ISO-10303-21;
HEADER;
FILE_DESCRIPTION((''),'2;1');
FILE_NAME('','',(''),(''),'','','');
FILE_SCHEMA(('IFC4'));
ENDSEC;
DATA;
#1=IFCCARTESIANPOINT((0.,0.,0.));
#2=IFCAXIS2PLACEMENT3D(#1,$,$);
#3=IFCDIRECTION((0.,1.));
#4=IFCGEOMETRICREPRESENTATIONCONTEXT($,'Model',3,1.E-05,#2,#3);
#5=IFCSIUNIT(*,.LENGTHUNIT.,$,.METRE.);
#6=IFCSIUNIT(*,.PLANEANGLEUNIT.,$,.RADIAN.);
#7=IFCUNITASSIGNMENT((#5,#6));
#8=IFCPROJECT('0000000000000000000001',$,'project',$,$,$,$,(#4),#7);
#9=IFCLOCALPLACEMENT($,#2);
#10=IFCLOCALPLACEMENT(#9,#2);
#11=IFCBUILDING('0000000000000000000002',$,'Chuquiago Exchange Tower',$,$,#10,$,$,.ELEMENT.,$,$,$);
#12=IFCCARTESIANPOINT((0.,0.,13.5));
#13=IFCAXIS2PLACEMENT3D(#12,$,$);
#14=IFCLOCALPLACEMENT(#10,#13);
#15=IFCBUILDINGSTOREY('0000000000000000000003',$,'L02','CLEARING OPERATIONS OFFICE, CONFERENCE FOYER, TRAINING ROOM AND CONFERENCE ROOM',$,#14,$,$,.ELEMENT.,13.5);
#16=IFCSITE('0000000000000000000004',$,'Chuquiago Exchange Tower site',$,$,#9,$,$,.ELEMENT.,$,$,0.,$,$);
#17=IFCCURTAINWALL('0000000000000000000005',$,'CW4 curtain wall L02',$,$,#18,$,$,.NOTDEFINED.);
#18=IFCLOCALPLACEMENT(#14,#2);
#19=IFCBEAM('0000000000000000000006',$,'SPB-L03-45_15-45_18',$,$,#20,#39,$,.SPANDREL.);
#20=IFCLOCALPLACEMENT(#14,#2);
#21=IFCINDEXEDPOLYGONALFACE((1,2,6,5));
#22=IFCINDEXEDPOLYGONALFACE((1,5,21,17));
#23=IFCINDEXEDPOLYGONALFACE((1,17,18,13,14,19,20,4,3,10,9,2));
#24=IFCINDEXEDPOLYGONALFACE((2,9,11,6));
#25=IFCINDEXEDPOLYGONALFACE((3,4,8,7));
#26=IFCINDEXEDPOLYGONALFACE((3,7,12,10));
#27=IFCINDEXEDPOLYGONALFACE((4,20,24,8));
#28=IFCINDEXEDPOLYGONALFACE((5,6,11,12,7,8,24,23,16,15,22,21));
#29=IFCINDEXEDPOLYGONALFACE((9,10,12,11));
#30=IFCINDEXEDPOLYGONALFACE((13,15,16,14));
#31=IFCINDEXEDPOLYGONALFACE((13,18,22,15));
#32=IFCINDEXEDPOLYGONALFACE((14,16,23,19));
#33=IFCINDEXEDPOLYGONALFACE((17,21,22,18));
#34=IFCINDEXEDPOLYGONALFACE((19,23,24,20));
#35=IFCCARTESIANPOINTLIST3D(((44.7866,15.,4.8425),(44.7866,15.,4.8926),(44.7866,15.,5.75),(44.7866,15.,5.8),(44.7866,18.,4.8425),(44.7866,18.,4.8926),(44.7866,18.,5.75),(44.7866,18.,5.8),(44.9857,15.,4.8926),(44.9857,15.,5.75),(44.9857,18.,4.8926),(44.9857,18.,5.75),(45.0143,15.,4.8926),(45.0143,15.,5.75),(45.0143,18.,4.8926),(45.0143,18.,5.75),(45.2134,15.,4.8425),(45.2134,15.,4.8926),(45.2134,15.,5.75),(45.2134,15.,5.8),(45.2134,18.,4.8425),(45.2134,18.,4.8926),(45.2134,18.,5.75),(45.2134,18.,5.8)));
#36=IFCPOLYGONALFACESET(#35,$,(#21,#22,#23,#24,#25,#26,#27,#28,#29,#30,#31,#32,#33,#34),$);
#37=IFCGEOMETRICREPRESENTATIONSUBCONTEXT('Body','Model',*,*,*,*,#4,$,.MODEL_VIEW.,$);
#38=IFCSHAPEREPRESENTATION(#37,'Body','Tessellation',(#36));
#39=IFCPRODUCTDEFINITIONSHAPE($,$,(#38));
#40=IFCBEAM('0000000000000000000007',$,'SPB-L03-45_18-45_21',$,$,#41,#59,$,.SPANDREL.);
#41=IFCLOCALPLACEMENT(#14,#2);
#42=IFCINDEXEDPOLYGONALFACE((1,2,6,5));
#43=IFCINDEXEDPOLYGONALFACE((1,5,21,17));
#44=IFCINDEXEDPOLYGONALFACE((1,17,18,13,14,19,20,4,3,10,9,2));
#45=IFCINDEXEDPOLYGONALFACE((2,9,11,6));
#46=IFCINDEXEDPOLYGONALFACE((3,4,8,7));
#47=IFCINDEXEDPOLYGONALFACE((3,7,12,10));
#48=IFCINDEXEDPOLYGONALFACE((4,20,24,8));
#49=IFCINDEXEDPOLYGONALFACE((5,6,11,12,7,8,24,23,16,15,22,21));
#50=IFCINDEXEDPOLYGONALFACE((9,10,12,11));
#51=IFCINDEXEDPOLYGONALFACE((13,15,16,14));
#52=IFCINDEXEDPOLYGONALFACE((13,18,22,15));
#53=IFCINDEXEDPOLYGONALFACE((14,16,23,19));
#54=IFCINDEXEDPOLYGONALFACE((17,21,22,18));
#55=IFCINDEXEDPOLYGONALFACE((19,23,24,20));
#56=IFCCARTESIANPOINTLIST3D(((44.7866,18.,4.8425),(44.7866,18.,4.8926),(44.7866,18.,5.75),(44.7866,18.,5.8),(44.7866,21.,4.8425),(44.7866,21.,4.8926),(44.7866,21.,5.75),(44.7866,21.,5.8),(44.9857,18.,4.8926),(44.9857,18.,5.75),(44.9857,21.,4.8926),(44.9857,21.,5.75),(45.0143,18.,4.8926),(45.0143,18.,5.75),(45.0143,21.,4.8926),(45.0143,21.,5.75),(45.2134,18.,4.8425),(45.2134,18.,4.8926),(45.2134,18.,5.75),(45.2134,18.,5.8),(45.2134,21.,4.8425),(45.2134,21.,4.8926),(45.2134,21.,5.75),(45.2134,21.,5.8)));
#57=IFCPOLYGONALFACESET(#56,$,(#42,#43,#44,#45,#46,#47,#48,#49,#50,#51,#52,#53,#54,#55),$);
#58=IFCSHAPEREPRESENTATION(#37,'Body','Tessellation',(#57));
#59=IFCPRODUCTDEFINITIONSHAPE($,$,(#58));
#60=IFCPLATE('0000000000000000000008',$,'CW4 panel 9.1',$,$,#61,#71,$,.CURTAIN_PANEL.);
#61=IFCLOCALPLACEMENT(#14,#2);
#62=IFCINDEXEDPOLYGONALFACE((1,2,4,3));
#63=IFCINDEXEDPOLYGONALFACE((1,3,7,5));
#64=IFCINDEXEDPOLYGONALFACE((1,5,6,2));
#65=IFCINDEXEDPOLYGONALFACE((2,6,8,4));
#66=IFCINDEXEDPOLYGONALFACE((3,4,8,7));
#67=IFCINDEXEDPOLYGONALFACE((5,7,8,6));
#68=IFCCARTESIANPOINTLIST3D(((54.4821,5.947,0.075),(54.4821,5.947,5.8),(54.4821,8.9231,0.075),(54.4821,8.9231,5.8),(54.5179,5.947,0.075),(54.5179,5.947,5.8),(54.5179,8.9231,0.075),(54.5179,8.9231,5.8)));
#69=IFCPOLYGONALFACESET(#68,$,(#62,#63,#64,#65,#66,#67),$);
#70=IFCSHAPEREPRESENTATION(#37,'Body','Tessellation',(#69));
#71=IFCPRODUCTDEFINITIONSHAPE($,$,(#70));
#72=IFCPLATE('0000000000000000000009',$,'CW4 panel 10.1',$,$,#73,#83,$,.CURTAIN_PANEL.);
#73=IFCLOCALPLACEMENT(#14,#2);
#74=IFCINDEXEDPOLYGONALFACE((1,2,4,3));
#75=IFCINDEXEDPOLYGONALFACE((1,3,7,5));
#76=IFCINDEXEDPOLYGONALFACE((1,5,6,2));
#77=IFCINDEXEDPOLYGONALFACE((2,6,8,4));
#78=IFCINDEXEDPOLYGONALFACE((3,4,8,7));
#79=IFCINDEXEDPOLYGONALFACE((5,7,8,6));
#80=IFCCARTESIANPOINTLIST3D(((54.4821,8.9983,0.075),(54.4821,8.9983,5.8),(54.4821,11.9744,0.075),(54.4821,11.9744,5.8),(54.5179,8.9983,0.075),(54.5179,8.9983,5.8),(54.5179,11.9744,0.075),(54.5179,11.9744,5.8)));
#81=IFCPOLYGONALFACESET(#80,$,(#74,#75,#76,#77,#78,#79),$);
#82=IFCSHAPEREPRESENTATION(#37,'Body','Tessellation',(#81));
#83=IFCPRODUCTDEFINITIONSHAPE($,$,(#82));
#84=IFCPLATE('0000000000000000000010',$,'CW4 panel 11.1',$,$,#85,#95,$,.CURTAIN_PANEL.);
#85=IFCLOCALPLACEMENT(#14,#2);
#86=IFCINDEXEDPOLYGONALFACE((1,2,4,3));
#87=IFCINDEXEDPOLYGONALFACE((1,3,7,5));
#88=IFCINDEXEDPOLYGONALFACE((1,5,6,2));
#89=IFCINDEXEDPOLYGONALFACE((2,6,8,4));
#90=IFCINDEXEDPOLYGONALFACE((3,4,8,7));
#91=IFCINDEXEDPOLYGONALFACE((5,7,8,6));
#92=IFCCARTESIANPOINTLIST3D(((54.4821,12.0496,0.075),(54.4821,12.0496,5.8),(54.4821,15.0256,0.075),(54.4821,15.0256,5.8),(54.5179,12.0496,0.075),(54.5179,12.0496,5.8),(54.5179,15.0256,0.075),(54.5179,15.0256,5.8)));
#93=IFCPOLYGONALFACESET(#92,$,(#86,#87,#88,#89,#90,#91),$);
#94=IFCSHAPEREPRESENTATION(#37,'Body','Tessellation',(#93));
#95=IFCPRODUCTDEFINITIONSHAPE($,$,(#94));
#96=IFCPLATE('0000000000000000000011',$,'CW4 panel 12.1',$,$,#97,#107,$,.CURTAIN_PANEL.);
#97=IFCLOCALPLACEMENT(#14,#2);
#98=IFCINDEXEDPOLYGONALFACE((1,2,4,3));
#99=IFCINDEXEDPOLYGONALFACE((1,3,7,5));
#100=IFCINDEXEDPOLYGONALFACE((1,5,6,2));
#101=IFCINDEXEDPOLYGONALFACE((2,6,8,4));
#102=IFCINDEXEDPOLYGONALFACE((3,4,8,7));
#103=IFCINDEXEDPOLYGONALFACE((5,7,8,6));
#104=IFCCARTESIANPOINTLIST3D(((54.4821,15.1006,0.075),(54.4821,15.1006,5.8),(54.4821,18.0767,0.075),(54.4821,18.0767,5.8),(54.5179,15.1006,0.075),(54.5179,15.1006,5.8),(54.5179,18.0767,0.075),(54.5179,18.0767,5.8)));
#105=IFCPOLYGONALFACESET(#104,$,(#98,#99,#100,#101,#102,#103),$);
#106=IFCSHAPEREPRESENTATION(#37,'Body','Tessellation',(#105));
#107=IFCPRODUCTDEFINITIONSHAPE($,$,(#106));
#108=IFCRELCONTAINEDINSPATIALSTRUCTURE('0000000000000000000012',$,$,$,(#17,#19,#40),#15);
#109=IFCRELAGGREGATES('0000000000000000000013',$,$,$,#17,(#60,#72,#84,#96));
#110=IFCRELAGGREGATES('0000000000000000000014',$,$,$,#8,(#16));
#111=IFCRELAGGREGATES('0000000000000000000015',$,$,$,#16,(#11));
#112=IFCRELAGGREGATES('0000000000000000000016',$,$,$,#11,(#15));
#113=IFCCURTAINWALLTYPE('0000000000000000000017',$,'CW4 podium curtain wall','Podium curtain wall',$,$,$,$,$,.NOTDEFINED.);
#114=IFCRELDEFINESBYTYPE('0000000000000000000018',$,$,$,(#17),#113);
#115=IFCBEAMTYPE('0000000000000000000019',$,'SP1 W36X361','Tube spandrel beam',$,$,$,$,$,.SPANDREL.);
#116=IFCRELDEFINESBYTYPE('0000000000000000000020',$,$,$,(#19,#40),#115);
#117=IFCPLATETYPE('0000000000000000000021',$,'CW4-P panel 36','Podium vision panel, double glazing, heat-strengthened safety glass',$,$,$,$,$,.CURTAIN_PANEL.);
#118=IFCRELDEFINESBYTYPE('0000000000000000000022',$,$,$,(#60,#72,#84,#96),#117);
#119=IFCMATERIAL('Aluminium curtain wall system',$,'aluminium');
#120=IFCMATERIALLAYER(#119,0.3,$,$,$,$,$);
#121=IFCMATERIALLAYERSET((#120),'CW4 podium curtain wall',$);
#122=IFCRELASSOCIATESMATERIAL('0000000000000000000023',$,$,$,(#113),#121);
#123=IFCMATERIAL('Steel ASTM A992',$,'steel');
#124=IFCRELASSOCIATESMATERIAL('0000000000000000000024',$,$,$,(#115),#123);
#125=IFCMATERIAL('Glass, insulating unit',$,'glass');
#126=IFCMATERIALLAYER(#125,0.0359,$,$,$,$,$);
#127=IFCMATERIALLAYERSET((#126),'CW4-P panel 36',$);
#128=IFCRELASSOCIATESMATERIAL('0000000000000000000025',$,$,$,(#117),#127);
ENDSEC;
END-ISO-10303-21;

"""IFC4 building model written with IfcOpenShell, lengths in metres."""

from ifc_helpers import new_model, si_unit, direction, frame, origin, origin_2d, place, context, subcontext, project, spatial, rectangle, i_section, extrude, material, layer, layer_set, material_profile, profile_set, type_object, element, aggregate, save


model = new_model("IFC4")

# Units and contexts
model_context = context("Model", 3, precision=1e-05, world=origin(), true_north=direction((0.0, 1.0)))
body_context = subcontext(model_context, "Body", "Model", "MODEL_VIEW")
ifc_project = project(units=[si_unit("LENGTHUNIT", "METRE"), si_unit("PLANEANGLEUNIT", "RADIAN")], contexts=[model_context])

# Site, building, storey
site_placement = place(None, origin())
site = spatial("IfcSite", under=ifc_project, at=site_placement, Name="Chuquiago Exchange Tower site", CompositionType="ELEMENT", RefElevation=0.0)
building_placement = place(site_placement, origin())
building = spatial("IfcBuilding", under=site, at=building_placement, Name="Chuquiago Exchange Tower", CompositionType="ELEMENT")
storey_placement = place(building_placement, frame((0.0, 0.0, 13.5)))
storey = spatial("IfcBuildingStorey", under=building, at=storey_placement, Name="L02", Description="CLEARING OPERATIONS OFFICE, CONFERENCE FOYER, TRAINING ROOM AND CONFERENCE ROOM", CompositionType="ELEMENT", Elevation=13.5)

# Curtain wall
ifc_material_1 = material(Name="Aluminium curtain wall system", Category="aluminium")
ifc_layer_1 = layer(ifc_material_1, 0.3)
ifc_layer_set_1 = layer_set([ifc_layer_1], Name="CW4 podium curtain wall")
curtain_wall_type = type_object("IfcCurtainWallType", Name="CW4 podium curtain wall", Description="Podium curtain wall", PredefinedType="NOTDEFINED", material=ifc_layer_set_1)
curtain_wall_placement = place(storey_placement, origin())
curtain_wall = element("IfcCurtainWall", 1, at=curtain_wall_placement, inside=storey, type_object=curtain_wall_type, Name="CW4 curtain wall L02", PredefinedType="NOTDEFINED")

# Beams
ifc_material_2 = material(Name="Steel ASTM A992", Category="steel")
ifc_material_profile_1 = material_profile(ifc_material_2, i_section(OverallWidth=0.4268, OverallDepth=0.9575, WebThickness=0.0286, FlangeThickness=0.05, at=origin_2d()), Name="W36X361")
ifc_profile_set_1 = profile_set([ifc_material_profile_1], Name="Steel ASTM A992")
beam_type_1 = type_object("IfcBeamType", Name="SP1 W36X361", Description="Tube spandrel beam", PredefinedType="SPANDREL", material=ifc_profile_set_1)
for number, where, z_axis, x_axis, name in (
    (2, (45.0, 15.0, 5.3213), (0.0, 1.0, 0.0), (-1.0, 0.0, 0.0), "SPB-L03-45_15-45_18"),
    (3, (45.0, 18.0, 5.3213), (0.0, 1.0, 0.0), (-1.0, 0.0, 0.0), "SPB-L03-45_18-45_21"),
):
    element("IfcBeam", number, at=place(storey_placement, frame(where, z_axis=z_axis, x_axis=x_axis)), inside=storey, type_object=beam_type_1, Name=name, PredefinedType="SPANDREL", context=body_context, shape_type="SweptSolid", body=[
        extrude(i_section(OverallWidth=0.4268, OverallDepth=0.9575, WebThickness=0.0286, FlangeThickness=0.05, at=origin_2d()), origin(), (0.0, 0.0, 1.0), 3.0),
    ])

# Plates
ifc_material_3 = material(Name="Glass, insulating unit", Category="glass")
ifc_layer_2 = layer(ifc_material_3, 0.0359)
ifc_layer_set_2 = layer_set([ifc_layer_2], Name="CW4-P panel 36")
plate_type = type_object("IfcPlateType", Name="CW4-P panel 36", Description="Podium vision panel, double glazing, heat-strengthened safety glass", PredefinedType="CURTAIN_PANEL", material=ifc_layer_set_2)
plate_1_placement = place(storey_placement, frame((54.5, 7.4351, 0.075), z_axis=(0.0, 0.0, 1.0), x_axis=(0.0, 1.0, 0.0)))
plate_1 = element("IfcPlate", 4, at=plate_1_placement, type_object=plate_type, Name="CW4 panel 9.1", PredefinedType="CURTAIN_PANEL", context=body_context, shape_type="SweptSolid", body=[
    extrude(rectangle(XDim=2.9761, YDim=0.0359, at=origin_2d()), origin(), (0.0, 0.0, 1.0), 5.7251),
])
plate_2_placement = place(storey_placement, frame((54.5, 10.4863, 0.075), z_axis=(0.0, 0.0, 1.0), x_axis=(0.0, 1.0, 0.0)))
plate_2 = element("IfcPlate", 5, at=plate_2_placement, type_object=plate_type, Name="CW4 panel 10.1", PredefinedType="CURTAIN_PANEL", context=body_context, shape_type="SweptSolid", body=[
    extrude(rectangle(XDim=2.9761, YDim=0.0359, at=origin_2d()), origin(), (0.0, 0.0, 1.0), 5.7251),
])
plate_3_placement = place(storey_placement, frame((54.5, 13.5376, 0.075), z_axis=(0.0, 0.0, 1.0), x_axis=(0.0, 1.0, 0.0)))
plate_3 = element("IfcPlate", 6, at=plate_3_placement, type_object=plate_type, Name="CW4 panel 11.1", PredefinedType="CURTAIN_PANEL", context=body_context, shape_type="SweptSolid", body=[
    extrude(rectangle(XDim=2.9761, YDim=0.0359, at=origin_2d()), origin(), (0.0, 0.0, 1.0), 5.7251),
])
plate_4_placement = place(storey_placement, frame((54.5, 16.5886, 0.075), z_axis=(0.0, 0.0, 1.0), x_axis=(0.0, 1.0, 0.0)))
plate_4 = element("IfcPlate", 7, at=plate_4_placement, type_object=plate_type, Name="CW4 panel 12.1", PredefinedType="CURTAIN_PANEL", context=body_context, shape_type="SweptSolid", body=[
    extrude(rectangle(XDim=2.9761, YDim=0.0359, at=origin_2d()), origin(), (0.0, 0.0, 1.0), 5.7251),
])
aggregate(curtain_wall, [plate_1, plate_2, plate_3, plate_4])

save(model, "model.ifc")
